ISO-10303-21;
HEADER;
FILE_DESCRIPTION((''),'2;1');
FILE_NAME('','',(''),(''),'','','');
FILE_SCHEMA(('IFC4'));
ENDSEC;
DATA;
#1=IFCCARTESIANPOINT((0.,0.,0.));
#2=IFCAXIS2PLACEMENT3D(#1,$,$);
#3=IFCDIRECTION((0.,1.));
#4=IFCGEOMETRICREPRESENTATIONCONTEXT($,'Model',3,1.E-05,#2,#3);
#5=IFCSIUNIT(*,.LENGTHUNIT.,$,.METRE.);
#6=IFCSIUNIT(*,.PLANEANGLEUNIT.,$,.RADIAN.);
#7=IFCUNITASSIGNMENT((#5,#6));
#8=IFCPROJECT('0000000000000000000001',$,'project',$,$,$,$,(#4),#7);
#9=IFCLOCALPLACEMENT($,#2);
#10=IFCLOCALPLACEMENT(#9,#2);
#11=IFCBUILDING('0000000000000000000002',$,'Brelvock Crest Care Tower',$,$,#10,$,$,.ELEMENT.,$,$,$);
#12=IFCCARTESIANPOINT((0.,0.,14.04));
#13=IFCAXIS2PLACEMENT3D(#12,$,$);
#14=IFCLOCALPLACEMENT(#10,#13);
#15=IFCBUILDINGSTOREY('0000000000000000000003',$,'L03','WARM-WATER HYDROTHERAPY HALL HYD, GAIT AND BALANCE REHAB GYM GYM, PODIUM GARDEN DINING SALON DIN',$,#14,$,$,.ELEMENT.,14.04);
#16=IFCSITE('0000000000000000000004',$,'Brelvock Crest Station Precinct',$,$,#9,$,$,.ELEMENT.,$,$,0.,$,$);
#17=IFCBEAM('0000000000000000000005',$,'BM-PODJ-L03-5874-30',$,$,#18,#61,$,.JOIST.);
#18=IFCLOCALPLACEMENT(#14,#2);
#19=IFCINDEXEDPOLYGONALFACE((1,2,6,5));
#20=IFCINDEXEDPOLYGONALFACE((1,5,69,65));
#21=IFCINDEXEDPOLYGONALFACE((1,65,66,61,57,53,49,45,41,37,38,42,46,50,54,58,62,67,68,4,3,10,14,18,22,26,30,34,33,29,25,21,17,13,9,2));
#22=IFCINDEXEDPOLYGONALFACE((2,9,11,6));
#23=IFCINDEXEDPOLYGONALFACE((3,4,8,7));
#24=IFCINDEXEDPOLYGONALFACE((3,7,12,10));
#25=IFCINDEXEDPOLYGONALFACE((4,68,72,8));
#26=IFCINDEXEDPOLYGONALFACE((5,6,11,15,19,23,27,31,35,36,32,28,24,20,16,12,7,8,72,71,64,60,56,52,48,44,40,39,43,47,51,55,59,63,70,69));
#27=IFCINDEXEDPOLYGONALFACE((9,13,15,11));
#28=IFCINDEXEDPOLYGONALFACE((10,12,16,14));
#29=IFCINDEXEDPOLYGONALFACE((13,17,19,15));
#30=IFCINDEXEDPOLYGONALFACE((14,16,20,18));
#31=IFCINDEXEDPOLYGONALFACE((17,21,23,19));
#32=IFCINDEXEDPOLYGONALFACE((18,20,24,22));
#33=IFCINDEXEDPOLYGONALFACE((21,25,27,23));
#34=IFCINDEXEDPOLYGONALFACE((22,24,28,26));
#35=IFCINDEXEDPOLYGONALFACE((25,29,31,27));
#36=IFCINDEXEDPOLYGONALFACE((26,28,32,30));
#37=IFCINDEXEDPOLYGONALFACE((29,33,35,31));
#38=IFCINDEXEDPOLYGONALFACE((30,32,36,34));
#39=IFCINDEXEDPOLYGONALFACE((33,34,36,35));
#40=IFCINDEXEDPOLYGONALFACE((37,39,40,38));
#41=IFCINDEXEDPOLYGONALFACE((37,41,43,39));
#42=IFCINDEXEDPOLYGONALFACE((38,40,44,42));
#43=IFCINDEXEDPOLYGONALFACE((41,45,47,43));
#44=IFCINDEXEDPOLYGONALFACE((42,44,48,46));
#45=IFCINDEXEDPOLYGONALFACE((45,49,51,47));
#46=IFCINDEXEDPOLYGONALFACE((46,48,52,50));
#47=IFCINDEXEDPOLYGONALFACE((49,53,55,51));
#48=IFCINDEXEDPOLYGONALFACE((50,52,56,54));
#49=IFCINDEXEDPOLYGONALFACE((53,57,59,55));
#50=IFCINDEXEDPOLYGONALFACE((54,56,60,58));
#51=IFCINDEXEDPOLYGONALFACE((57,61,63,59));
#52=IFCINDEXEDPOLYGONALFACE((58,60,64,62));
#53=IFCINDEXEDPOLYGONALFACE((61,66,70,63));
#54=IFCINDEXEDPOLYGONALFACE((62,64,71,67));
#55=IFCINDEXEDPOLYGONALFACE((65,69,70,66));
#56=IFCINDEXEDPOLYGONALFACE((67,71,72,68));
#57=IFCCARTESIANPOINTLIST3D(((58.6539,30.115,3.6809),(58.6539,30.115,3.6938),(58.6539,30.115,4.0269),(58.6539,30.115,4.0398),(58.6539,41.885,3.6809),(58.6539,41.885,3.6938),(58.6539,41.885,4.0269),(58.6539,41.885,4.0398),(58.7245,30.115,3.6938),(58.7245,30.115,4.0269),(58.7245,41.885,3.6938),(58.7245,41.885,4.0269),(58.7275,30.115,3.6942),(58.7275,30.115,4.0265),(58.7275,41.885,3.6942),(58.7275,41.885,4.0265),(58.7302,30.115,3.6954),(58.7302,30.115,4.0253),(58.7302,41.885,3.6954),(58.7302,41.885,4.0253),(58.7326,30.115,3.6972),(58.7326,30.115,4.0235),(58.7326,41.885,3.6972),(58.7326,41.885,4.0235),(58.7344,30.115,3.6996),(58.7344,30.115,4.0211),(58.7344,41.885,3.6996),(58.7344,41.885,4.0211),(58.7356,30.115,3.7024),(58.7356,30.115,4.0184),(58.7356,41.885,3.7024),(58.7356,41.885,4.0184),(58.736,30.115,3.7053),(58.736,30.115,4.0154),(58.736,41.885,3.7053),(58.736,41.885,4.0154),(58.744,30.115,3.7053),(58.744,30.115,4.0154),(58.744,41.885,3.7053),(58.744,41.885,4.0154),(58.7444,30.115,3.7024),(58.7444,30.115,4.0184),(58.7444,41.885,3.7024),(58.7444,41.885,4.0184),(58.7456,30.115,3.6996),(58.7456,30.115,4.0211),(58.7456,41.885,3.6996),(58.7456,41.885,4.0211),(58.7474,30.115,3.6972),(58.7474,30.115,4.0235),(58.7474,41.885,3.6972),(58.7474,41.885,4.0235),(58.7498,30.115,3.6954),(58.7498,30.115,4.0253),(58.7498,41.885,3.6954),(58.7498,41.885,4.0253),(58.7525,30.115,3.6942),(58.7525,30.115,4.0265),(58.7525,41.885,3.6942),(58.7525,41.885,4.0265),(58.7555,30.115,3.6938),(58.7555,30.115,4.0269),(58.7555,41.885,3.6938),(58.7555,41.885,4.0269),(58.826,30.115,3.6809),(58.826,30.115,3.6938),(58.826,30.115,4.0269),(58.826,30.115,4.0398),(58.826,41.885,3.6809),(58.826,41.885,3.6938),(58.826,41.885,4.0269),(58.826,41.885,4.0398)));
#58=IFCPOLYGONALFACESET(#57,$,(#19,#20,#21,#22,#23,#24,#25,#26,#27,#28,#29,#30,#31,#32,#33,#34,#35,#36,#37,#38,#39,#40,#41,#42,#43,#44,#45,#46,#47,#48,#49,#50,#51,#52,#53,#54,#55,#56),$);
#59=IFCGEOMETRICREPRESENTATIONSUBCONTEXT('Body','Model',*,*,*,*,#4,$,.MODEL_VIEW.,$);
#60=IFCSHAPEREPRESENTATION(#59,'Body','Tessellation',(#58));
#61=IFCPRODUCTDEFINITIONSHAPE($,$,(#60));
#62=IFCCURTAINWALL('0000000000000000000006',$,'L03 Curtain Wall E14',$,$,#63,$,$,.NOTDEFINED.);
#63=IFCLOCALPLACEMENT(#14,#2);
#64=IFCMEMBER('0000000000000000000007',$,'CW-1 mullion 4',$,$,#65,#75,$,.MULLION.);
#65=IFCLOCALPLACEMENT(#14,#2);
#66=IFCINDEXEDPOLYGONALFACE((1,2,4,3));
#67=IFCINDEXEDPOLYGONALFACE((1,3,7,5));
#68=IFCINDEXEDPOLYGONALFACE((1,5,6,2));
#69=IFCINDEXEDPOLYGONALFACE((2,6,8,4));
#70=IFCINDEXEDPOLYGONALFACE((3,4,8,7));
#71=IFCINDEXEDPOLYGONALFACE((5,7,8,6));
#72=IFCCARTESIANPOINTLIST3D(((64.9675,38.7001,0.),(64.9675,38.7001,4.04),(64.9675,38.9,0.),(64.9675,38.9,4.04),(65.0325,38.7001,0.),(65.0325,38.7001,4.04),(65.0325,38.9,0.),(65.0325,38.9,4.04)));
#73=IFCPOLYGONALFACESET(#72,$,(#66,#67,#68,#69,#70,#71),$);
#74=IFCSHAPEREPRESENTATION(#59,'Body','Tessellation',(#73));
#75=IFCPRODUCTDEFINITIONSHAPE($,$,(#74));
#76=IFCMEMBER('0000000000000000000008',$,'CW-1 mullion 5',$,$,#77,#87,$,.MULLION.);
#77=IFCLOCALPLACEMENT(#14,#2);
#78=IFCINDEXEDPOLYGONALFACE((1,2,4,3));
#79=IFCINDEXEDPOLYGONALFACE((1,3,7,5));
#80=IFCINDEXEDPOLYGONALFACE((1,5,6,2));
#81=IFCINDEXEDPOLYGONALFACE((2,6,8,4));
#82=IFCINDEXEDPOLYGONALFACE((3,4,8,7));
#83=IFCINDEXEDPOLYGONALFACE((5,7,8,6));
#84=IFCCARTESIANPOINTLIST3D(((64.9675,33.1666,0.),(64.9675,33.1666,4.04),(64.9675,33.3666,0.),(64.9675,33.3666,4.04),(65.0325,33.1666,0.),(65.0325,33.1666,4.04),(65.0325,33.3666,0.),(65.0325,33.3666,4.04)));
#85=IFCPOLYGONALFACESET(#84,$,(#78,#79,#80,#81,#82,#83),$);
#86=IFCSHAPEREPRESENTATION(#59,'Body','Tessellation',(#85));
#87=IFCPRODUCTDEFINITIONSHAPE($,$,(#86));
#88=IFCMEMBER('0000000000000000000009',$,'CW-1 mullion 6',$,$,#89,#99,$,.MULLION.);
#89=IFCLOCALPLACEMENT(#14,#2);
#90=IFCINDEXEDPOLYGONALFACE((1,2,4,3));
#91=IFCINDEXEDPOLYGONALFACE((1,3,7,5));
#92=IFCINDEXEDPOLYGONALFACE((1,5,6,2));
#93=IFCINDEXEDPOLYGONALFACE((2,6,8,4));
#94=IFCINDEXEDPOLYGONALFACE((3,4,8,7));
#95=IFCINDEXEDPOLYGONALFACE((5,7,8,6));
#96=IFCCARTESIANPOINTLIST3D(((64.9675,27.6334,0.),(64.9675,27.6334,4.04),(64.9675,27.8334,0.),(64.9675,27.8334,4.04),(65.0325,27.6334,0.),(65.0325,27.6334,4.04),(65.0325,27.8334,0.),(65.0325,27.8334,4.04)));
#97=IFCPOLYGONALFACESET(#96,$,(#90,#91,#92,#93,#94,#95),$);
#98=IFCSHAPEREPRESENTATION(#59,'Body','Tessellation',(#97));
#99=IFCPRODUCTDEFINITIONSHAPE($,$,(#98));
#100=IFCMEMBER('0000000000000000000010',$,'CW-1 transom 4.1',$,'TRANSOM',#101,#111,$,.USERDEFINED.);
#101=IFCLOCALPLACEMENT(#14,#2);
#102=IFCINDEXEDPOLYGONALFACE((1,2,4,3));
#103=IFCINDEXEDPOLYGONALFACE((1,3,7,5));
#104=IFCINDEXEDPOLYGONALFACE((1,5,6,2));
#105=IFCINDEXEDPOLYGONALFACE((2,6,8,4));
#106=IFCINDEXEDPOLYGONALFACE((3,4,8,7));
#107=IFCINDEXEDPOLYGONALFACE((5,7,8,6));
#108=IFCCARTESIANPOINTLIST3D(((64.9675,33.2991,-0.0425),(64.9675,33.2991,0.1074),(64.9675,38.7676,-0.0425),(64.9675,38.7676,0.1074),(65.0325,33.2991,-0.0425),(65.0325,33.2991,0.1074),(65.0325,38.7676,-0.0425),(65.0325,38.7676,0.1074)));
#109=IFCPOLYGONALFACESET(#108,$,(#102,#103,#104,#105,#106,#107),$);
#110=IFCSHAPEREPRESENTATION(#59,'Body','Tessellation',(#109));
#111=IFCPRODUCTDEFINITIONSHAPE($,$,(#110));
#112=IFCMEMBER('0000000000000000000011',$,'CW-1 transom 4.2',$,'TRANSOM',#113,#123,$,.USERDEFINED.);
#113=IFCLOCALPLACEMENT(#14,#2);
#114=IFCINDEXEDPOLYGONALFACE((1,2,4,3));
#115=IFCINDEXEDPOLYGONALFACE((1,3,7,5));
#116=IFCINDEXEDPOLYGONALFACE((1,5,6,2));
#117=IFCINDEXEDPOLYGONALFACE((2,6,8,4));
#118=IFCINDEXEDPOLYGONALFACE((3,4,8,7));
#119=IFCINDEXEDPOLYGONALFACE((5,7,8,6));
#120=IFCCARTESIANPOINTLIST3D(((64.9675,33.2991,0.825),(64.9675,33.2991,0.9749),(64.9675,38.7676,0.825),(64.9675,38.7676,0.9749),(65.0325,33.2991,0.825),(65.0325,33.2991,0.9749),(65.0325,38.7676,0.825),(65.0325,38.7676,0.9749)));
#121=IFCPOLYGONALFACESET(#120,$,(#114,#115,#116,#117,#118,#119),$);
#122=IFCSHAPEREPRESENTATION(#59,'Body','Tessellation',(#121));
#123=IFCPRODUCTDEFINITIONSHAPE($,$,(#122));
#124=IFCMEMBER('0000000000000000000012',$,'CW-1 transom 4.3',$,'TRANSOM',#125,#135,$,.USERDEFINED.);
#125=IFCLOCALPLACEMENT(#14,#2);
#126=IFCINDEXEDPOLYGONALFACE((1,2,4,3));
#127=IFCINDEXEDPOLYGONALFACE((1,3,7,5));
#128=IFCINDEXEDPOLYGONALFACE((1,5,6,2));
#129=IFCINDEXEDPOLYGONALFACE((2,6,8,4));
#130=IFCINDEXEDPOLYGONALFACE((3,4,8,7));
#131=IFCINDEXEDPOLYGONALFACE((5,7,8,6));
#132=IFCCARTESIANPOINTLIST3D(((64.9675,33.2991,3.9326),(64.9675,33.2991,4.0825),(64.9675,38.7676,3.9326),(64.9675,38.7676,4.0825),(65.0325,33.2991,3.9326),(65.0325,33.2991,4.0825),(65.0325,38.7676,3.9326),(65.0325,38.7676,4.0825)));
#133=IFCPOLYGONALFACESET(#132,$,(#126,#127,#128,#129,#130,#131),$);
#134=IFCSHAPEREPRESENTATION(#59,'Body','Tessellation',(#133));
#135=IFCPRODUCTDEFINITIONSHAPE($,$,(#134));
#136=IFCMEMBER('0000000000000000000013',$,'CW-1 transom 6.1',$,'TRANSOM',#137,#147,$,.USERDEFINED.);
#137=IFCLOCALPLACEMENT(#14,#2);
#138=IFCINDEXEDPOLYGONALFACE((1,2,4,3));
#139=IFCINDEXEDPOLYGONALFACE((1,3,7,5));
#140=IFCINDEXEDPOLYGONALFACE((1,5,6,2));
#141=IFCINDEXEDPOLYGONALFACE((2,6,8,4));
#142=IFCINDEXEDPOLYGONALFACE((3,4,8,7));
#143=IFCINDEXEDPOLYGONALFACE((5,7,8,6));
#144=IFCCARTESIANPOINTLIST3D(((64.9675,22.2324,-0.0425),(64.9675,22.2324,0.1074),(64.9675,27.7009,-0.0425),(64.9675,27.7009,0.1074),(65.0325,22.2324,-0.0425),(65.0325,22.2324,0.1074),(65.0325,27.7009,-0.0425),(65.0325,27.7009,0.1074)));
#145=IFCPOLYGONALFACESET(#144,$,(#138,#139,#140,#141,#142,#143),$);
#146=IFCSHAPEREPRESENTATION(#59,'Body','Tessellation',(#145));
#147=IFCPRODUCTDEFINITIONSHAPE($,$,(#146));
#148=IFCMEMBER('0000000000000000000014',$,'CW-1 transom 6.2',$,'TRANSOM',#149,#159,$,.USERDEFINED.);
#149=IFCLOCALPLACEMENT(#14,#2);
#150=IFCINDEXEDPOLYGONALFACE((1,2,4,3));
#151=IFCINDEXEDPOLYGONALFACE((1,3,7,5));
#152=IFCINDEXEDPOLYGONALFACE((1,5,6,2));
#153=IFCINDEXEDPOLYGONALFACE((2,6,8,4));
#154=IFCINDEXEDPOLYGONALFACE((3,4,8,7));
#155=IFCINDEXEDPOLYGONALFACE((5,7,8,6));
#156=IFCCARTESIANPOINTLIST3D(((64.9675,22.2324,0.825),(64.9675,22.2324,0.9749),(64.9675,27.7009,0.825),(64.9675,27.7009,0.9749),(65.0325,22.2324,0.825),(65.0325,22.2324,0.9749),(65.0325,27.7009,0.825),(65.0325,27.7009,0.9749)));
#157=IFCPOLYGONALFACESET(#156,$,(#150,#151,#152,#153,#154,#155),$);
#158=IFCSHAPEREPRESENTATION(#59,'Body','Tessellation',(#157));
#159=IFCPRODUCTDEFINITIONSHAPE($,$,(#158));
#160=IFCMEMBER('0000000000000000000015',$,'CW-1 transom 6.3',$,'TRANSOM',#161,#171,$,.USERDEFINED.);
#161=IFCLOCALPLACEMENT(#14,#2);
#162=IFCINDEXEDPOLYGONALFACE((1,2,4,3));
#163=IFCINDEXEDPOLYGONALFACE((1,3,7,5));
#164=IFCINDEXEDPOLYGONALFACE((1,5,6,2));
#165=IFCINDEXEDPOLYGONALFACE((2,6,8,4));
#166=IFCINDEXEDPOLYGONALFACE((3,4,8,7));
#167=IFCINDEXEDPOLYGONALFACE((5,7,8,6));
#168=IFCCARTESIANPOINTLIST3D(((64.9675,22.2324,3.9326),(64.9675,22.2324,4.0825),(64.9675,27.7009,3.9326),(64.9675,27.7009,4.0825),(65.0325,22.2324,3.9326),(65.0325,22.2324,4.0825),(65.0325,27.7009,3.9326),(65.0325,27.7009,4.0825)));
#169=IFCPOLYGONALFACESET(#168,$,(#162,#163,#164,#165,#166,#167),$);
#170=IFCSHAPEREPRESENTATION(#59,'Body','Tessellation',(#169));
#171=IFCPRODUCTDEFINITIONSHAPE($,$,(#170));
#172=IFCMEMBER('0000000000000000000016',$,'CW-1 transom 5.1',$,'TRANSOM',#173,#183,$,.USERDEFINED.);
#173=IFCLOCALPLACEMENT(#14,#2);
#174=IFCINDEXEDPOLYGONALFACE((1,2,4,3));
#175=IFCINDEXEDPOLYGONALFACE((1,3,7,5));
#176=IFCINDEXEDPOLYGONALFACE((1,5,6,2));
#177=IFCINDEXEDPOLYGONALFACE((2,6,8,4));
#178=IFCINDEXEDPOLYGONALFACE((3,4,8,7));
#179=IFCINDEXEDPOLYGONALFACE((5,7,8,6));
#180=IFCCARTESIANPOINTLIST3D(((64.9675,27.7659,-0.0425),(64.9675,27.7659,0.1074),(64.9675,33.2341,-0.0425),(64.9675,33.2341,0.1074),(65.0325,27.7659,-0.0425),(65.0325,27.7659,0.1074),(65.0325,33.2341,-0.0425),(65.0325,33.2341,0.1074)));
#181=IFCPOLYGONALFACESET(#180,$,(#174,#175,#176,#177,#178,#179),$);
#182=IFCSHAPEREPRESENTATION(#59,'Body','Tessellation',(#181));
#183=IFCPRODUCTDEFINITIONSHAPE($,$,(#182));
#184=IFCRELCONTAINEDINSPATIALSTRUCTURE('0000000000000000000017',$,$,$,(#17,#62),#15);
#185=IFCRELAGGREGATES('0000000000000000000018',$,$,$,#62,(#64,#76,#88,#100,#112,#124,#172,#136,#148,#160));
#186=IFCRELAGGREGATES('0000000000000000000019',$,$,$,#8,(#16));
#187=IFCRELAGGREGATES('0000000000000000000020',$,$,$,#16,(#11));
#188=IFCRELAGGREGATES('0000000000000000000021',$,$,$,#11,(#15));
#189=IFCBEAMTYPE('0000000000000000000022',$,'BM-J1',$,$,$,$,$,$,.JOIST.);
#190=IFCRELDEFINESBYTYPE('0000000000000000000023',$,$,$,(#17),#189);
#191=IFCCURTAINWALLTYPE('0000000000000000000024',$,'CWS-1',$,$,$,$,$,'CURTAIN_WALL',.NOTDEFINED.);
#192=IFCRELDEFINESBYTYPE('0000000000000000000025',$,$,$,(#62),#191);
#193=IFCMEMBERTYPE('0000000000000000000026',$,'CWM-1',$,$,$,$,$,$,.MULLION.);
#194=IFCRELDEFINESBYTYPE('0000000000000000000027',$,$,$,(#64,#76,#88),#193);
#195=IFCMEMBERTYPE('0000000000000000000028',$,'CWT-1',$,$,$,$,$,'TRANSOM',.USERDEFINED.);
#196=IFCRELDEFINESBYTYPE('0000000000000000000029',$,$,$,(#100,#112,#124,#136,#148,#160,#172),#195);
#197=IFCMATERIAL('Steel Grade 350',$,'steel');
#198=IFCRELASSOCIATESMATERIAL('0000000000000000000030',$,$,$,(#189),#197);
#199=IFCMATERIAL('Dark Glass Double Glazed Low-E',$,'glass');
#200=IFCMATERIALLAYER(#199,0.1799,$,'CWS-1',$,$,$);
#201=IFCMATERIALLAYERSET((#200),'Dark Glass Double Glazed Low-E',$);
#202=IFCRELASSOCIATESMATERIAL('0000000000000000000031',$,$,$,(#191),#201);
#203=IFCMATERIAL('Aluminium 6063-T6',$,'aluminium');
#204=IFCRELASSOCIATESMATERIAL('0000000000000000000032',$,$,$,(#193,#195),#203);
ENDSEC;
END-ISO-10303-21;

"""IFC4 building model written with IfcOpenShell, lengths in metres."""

from ifc_helpers import new_model, si_unit, direction, frame, origin, origin_2d, place, context, subcontext, project, spatial, rectangle, i_section, extrude, source, transform, mapped, material, layer, layer_set, material_profile, profile_set, type_object, element, aggregate, save


model = new_model("IFC4")

# Units and contexts
model_context = context("Model", 3, precision=1e-05, world=origin(), true_north=direction((0.0, 1.0)))
body_context = subcontext(model_context, "Body", "Model", "MODEL_VIEW")
ifc_project = project(units=[si_unit("LENGTHUNIT", "METRE"), si_unit("PLANEANGLEUNIT", "RADIAN")], contexts=[model_context])

# Site, building, storey
site_placement = place(None, origin())
site = spatial("IfcSite", under=ifc_project, at=site_placement, Name="Brelvock Crest Station Precinct", CompositionType="ELEMENT", RefElevation=0.0)
building_placement = place(site_placement, origin())
building = spatial("IfcBuilding", under=site, at=building_placement, Name="Brelvock Crest Care Tower", CompositionType="ELEMENT")
storey_placement = place(building_placement, frame((0.0, 0.0, 14.04)))
storey = spatial("IfcBuildingStorey", under=building, at=storey_placement, Name="L03", Description="WARM-WATER HYDROTHERAPY HALL HYD, GAIT AND BALANCE REHAB GYM GYM, PODIUM GARDEN DINING SALON DIN", CompositionType="ELEMENT", Elevation=14.04)

# Shared definitions
ifc_material_1 = material(Name="Steel Grade 350", Category="steel")

# Beam
ifc_material_profile_1 = material_profile(ifc_material_1, i_section(OverallWidth=0.1721, OverallDepth=0.3589, WebThickness=0.0081, FlangeThickness=0.0129, FilletRadius=0.0115, at=origin_2d()), Name="360UB56.7")
ifc_profile_set_1 = profile_set([ifc_material_profile_1], Name="Steel Grade 350")
beam_type_1 = type_object("IfcBeamType", Name="BM-J1", PredefinedType="JOIST", material=ifc_profile_set_1)
shared_shape_1 = source(origin(), body_context, "Body", "SweptSolid", [
    extrude(i_section(OverallWidth=0.1721, OverallDepth=0.3589, WebThickness=0.0081, FlangeThickness=0.0129, FilletRadius=0.0115, at=origin_2d()), origin(), (0.0, 0.0, 1.0), 11.77),
])
for number, where, z_axis, x_axis, name in (
    (1, (58.74, 30.115, 3.8604), (0.0, 1.0, 0.0), (-1.0, 0.0, 0.0), "BM-PODJ-L03-5874-30"),
):
    element("IfcBeam", number, at=place(storey_placement, frame(where, z_axis=z_axis, x_axis=x_axis)), inside=storey, type_object=beam_type_1, Name=name, PredefinedType="JOIST", context=body_context, shape_type="MappedRepresentation", body=[
        mapped(shared_shape_1, transform((0.0, 0.0, 0.0), x_axis=(1.0, 0.0, 0.0), y_axis=(0.0, 1.0, 0.0), z_axis=(0.0, 0.0, 1.0), scale=1.0)),
    ])

# Curtain wall, members
ifc_material_2 = material(Name="Dark Glass Double Glazed Low-E", Category="glass")
ifc_layer_1 = layer(ifc_material_2, 0.1799, Name="CWS-1")
ifc_layer_set_1 = layer_set([ifc_layer_1], Name="Dark Glass Double Glazed Low-E")
curtain_wall_type = type_object("IfcCurtainWallType", Name="CWS-1", ElementType="CURTAIN_WALL", PredefinedType="NOTDEFINED", material=ifc_layer_set_1)
curtain_wall_placement = place(storey_placement, origin())
curtain_wall = element("IfcCurtainWall", 2, at=curtain_wall_placement, inside=storey, type_object=curtain_wall_type, Name="L03 Curtain Wall E14", PredefinedType="NOTDEFINED")
ifc_material_3 = material(Name="Aluminium 6063-T6", Category="aluminium")
ifc_material_profile_2 = material_profile(ifc_material_3, rectangle(XDim=0.0649, YDim=0.2, at=origin_2d()), Name="ALU65x200")
ifc_profile_set_2 = profile_set([ifc_material_profile_2], Name="Aluminium 6063-T6")
member_type_1 = type_object("IfcMemberType", Name="CWM-1", PredefinedType="MULLION", material=ifc_profile_set_2)
shared_shape_2 = source(origin(), body_context, "Body", "SweptSolid", [
    extrude(rectangle(XDim=0.0649, YDim=0.2, at=origin_2d()), origin(), (0.0, 0.0, 1.0), 4.04),
])
member_1_placement = place(storey_placement, frame((65.0, 38.8, 0.0), z_axis=(0.0, 0.0, 1.0), x_axis=(1.0, 0.0, 0.0)))
member_1 = element("IfcMember", 3, at=member_1_placement, type_object=member_type_1, Name="CW-1 mullion 4", PredefinedType="MULLION", context=body_context, shape_type="MappedRepresentation", body=[
    mapped(shared_shape_2, transform((0.0, 0.0, 0.0), x_axis=(1.0, 0.0, 0.0), y_axis=(0.0, 1.0, 0.0), z_axis=(0.0, 0.0, 1.0), scale=1.0)),
])
member_2_placement = place(storey_placement, frame((65.0, 33.2666, 0.0), z_axis=(0.0, 0.0, 1.0), x_axis=(1.0, 0.0, 0.0)))
member_2 = element("IfcMember", 4, at=member_2_placement, type_object=member_type_1, Name="CW-1 mullion 5", PredefinedType="MULLION", context=body_context, shape_type="MappedRepresentation", body=[
    mapped(shared_shape_2, transform((0.0, 0.0, 0.0), x_axis=(1.0, 0.0, 0.0), y_axis=(0.0, 1.0, 0.0), z_axis=(0.0, 0.0, 1.0), scale=1.0)),
])
member_3_placement = place(storey_placement, frame((65.0, 27.7334, 0.0), z_axis=(0.0, 0.0, 1.0), x_axis=(1.0, 0.0, 0.0)))
member_3 = element("IfcMember", 5, at=member_3_placement, type_object=member_type_1, Name="CW-1 mullion 6", PredefinedType="MULLION", context=body_context, shape_type="MappedRepresentation", body=[
    mapped(shared_shape_2, transform((0.0, 0.0, 0.0), x_axis=(1.0, 0.0, 0.0), y_axis=(0.0, 1.0, 0.0), z_axis=(0.0, 0.0, 1.0), scale=1.0)),
])
ifc_material_profile_3 = material_profile(ifc_material_3, rectangle(XDim=0.0649, YDim=0.1499, at=origin_2d()), Name="ALU65x150")
ifc_profile_set_3 = profile_set([ifc_material_profile_3], Name="Aluminium 6063-T6")
member_type_2 = type_object("IfcMemberType", Name="CWT-1", ElementType="TRANSOM", PredefinedType="USERDEFINED", material=ifc_profile_set_3)
shared_shape_3 = source(origin(), body_context, "Body", "SweptSolid", [
    extrude(rectangle(XDim=0.0649, YDim=0.1499, at=origin_2d()), origin(), (0.0, 0.0, 1.0), 5.4685),
])
member_4_placement = place(storey_placement, frame((65.0, 38.7676, 0.0325), z_axis=(0.0, -1.0, 0.0), x_axis=(1.0, 0.0, 0.0)))
member_4 = element("IfcMember", 6, at=member_4_placement, type_object=member_type_2, Name="CW-1 transom 4.1", ObjectType="TRANSOM", PredefinedType="USERDEFINED", context=body_context, shape_type="MappedRepresentation", body=[
    mapped(shared_shape_3, transform((0.0, 0.0, 0.0), x_axis=(1.0, 0.0, 0.0), y_axis=(0.0, 1.0, 0.0), z_axis=(0.0, 0.0, 1.0), scale=1.0)),
])
member_5_placement = place(storey_placement, frame((65.0, 38.7676, 0.8999), z_axis=(0.0, -1.0, 0.0), x_axis=(1.0, 0.0, 0.0)))
member_5 = element("IfcMember", 7, at=member_5_placement, type_object=member_type_2, Name="CW-1 transom 4.2", ObjectType="TRANSOM", PredefinedType="USERDEFINED", context=body_context, shape_type="MappedRepresentation", body=[
    mapped(shared_shape_3, transform((0.0, 0.0, 0.0), x_axis=(1.0, 0.0, 0.0), y_axis=(0.0, 1.0, 0.0), z_axis=(0.0, 0.0, 1.0), scale=1.0)),
])
member_6_placement = place(storey_placement, frame((65.0, 38.7676, 4.0076), z_axis=(0.0, -1.0, 0.0), x_axis=(1.0, 0.0, 0.0)))
member_6 = element("IfcMember", 8, at=member_6_placement, type_object=member_type_2, Name="CW-1 transom 4.3", ObjectType="TRANSOM", PredefinedType="USERDEFINED", context=body_context, shape_type="MappedRepresentation", body=[
    mapped(shared_shape_3, transform((0.0, 0.0, 0.0), x_axis=(1.0, 0.0, 0.0), y_axis=(0.0, 1.0, 0.0), z_axis=(0.0, 0.0, 1.0), scale=1.0)),
])
member_7_placement = place(storey_placement, frame((65.0, 27.7009, 0.0325), z_axis=(0.0, -1.0, 0.0), x_axis=(1.0, 0.0, 0.0)))
member_7 = element("IfcMember", 9, at=member_7_placement, type_object=member_type_2, Name="CW-1 transom 6.1", ObjectType="TRANSOM", PredefinedType="USERDEFINED", context=body_context, shape_type="MappedRepresentation", body=[
    mapped(shared_shape_3, transform((0.0, 0.0, 0.0), x_axis=(1.0, 0.0, 0.0), y_axis=(0.0, 1.0, 0.0), z_axis=(0.0, 0.0, 1.0), scale=1.0)),
])
member_8_placement = place(storey_placement, frame((65.0, 27.7009, 0.8999), z_axis=(0.0, -1.0, 0.0), x_axis=(1.0, 0.0, 0.0)))
member_8 = element("IfcMember", 10, at=member_8_placement, type_object=member_type_2, Name="CW-1 transom 6.2", ObjectType="TRANSOM", PredefinedType="USERDEFINED", context=body_context, shape_type="MappedRepresentation", body=[
    mapped(shared_shape_3, transform((0.0, 0.0, 0.0), x_axis=(1.0, 0.0, 0.0), y_axis=(0.0, 1.0, 0.0), z_axis=(0.0, 0.0, 1.0), scale=1.0)),
])
member_9_placement = place(storey_placement, frame((65.0, 27.7009, 4.0076), z_axis=(0.0, -1.0, 0.0), x_axis=(1.0, 0.0, 0.0)))
member_9 = element("IfcMember", 11, at=member_9_placement, type_object=member_type_2, Name="CW-1 transom 6.3", ObjectType="TRANSOM", PredefinedType="USERDEFINED", context=body_context, shape_type="MappedRepresentation", body=[
    mapped(shared_shape_3, transform((0.0, 0.0, 0.0), x_axis=(1.0, 0.0, 0.0), y_axis=(0.0, 1.0, 0.0), z_axis=(0.0, 0.0, 1.0), scale=1.0)),
])
shared_shape_4 = source(origin(), body_context, "Body", "SweptSolid", [
    extrude(rectangle(XDim=0.0649, YDim=0.1499, at=origin_2d()), origin(), (0.0, 0.0, 1.0), 5.4683),
])
member_10_placement = place(storey_placement, frame((65.0, 33.2341, 0.0325), z_axis=(0.0, -1.0, 0.0), x_axis=(1.0, 0.0, 0.0)))
member_10 = element("IfcMember", 12, at=member_10_placement, type_object=member_type_2, Name="CW-1 transom 5.1", ObjectType="TRANSOM", PredefinedType="USERDEFINED", context=body_context, shape_type="MappedRepresentation", body=[
    mapped(shared_shape_4, transform((0.0, 0.0, 0.0), x_axis=(1.0, 0.0, 0.0), y_axis=(0.0, 1.0, 0.0), z_axis=(0.0, 0.0, 1.0), scale=1.0)),
])
aggregate(curtain_wall, [member_1, member_2, member_3, member_4, member_5, member_6, member_10, member_7, member_8, member_9])

save(model, "model.ifc")
